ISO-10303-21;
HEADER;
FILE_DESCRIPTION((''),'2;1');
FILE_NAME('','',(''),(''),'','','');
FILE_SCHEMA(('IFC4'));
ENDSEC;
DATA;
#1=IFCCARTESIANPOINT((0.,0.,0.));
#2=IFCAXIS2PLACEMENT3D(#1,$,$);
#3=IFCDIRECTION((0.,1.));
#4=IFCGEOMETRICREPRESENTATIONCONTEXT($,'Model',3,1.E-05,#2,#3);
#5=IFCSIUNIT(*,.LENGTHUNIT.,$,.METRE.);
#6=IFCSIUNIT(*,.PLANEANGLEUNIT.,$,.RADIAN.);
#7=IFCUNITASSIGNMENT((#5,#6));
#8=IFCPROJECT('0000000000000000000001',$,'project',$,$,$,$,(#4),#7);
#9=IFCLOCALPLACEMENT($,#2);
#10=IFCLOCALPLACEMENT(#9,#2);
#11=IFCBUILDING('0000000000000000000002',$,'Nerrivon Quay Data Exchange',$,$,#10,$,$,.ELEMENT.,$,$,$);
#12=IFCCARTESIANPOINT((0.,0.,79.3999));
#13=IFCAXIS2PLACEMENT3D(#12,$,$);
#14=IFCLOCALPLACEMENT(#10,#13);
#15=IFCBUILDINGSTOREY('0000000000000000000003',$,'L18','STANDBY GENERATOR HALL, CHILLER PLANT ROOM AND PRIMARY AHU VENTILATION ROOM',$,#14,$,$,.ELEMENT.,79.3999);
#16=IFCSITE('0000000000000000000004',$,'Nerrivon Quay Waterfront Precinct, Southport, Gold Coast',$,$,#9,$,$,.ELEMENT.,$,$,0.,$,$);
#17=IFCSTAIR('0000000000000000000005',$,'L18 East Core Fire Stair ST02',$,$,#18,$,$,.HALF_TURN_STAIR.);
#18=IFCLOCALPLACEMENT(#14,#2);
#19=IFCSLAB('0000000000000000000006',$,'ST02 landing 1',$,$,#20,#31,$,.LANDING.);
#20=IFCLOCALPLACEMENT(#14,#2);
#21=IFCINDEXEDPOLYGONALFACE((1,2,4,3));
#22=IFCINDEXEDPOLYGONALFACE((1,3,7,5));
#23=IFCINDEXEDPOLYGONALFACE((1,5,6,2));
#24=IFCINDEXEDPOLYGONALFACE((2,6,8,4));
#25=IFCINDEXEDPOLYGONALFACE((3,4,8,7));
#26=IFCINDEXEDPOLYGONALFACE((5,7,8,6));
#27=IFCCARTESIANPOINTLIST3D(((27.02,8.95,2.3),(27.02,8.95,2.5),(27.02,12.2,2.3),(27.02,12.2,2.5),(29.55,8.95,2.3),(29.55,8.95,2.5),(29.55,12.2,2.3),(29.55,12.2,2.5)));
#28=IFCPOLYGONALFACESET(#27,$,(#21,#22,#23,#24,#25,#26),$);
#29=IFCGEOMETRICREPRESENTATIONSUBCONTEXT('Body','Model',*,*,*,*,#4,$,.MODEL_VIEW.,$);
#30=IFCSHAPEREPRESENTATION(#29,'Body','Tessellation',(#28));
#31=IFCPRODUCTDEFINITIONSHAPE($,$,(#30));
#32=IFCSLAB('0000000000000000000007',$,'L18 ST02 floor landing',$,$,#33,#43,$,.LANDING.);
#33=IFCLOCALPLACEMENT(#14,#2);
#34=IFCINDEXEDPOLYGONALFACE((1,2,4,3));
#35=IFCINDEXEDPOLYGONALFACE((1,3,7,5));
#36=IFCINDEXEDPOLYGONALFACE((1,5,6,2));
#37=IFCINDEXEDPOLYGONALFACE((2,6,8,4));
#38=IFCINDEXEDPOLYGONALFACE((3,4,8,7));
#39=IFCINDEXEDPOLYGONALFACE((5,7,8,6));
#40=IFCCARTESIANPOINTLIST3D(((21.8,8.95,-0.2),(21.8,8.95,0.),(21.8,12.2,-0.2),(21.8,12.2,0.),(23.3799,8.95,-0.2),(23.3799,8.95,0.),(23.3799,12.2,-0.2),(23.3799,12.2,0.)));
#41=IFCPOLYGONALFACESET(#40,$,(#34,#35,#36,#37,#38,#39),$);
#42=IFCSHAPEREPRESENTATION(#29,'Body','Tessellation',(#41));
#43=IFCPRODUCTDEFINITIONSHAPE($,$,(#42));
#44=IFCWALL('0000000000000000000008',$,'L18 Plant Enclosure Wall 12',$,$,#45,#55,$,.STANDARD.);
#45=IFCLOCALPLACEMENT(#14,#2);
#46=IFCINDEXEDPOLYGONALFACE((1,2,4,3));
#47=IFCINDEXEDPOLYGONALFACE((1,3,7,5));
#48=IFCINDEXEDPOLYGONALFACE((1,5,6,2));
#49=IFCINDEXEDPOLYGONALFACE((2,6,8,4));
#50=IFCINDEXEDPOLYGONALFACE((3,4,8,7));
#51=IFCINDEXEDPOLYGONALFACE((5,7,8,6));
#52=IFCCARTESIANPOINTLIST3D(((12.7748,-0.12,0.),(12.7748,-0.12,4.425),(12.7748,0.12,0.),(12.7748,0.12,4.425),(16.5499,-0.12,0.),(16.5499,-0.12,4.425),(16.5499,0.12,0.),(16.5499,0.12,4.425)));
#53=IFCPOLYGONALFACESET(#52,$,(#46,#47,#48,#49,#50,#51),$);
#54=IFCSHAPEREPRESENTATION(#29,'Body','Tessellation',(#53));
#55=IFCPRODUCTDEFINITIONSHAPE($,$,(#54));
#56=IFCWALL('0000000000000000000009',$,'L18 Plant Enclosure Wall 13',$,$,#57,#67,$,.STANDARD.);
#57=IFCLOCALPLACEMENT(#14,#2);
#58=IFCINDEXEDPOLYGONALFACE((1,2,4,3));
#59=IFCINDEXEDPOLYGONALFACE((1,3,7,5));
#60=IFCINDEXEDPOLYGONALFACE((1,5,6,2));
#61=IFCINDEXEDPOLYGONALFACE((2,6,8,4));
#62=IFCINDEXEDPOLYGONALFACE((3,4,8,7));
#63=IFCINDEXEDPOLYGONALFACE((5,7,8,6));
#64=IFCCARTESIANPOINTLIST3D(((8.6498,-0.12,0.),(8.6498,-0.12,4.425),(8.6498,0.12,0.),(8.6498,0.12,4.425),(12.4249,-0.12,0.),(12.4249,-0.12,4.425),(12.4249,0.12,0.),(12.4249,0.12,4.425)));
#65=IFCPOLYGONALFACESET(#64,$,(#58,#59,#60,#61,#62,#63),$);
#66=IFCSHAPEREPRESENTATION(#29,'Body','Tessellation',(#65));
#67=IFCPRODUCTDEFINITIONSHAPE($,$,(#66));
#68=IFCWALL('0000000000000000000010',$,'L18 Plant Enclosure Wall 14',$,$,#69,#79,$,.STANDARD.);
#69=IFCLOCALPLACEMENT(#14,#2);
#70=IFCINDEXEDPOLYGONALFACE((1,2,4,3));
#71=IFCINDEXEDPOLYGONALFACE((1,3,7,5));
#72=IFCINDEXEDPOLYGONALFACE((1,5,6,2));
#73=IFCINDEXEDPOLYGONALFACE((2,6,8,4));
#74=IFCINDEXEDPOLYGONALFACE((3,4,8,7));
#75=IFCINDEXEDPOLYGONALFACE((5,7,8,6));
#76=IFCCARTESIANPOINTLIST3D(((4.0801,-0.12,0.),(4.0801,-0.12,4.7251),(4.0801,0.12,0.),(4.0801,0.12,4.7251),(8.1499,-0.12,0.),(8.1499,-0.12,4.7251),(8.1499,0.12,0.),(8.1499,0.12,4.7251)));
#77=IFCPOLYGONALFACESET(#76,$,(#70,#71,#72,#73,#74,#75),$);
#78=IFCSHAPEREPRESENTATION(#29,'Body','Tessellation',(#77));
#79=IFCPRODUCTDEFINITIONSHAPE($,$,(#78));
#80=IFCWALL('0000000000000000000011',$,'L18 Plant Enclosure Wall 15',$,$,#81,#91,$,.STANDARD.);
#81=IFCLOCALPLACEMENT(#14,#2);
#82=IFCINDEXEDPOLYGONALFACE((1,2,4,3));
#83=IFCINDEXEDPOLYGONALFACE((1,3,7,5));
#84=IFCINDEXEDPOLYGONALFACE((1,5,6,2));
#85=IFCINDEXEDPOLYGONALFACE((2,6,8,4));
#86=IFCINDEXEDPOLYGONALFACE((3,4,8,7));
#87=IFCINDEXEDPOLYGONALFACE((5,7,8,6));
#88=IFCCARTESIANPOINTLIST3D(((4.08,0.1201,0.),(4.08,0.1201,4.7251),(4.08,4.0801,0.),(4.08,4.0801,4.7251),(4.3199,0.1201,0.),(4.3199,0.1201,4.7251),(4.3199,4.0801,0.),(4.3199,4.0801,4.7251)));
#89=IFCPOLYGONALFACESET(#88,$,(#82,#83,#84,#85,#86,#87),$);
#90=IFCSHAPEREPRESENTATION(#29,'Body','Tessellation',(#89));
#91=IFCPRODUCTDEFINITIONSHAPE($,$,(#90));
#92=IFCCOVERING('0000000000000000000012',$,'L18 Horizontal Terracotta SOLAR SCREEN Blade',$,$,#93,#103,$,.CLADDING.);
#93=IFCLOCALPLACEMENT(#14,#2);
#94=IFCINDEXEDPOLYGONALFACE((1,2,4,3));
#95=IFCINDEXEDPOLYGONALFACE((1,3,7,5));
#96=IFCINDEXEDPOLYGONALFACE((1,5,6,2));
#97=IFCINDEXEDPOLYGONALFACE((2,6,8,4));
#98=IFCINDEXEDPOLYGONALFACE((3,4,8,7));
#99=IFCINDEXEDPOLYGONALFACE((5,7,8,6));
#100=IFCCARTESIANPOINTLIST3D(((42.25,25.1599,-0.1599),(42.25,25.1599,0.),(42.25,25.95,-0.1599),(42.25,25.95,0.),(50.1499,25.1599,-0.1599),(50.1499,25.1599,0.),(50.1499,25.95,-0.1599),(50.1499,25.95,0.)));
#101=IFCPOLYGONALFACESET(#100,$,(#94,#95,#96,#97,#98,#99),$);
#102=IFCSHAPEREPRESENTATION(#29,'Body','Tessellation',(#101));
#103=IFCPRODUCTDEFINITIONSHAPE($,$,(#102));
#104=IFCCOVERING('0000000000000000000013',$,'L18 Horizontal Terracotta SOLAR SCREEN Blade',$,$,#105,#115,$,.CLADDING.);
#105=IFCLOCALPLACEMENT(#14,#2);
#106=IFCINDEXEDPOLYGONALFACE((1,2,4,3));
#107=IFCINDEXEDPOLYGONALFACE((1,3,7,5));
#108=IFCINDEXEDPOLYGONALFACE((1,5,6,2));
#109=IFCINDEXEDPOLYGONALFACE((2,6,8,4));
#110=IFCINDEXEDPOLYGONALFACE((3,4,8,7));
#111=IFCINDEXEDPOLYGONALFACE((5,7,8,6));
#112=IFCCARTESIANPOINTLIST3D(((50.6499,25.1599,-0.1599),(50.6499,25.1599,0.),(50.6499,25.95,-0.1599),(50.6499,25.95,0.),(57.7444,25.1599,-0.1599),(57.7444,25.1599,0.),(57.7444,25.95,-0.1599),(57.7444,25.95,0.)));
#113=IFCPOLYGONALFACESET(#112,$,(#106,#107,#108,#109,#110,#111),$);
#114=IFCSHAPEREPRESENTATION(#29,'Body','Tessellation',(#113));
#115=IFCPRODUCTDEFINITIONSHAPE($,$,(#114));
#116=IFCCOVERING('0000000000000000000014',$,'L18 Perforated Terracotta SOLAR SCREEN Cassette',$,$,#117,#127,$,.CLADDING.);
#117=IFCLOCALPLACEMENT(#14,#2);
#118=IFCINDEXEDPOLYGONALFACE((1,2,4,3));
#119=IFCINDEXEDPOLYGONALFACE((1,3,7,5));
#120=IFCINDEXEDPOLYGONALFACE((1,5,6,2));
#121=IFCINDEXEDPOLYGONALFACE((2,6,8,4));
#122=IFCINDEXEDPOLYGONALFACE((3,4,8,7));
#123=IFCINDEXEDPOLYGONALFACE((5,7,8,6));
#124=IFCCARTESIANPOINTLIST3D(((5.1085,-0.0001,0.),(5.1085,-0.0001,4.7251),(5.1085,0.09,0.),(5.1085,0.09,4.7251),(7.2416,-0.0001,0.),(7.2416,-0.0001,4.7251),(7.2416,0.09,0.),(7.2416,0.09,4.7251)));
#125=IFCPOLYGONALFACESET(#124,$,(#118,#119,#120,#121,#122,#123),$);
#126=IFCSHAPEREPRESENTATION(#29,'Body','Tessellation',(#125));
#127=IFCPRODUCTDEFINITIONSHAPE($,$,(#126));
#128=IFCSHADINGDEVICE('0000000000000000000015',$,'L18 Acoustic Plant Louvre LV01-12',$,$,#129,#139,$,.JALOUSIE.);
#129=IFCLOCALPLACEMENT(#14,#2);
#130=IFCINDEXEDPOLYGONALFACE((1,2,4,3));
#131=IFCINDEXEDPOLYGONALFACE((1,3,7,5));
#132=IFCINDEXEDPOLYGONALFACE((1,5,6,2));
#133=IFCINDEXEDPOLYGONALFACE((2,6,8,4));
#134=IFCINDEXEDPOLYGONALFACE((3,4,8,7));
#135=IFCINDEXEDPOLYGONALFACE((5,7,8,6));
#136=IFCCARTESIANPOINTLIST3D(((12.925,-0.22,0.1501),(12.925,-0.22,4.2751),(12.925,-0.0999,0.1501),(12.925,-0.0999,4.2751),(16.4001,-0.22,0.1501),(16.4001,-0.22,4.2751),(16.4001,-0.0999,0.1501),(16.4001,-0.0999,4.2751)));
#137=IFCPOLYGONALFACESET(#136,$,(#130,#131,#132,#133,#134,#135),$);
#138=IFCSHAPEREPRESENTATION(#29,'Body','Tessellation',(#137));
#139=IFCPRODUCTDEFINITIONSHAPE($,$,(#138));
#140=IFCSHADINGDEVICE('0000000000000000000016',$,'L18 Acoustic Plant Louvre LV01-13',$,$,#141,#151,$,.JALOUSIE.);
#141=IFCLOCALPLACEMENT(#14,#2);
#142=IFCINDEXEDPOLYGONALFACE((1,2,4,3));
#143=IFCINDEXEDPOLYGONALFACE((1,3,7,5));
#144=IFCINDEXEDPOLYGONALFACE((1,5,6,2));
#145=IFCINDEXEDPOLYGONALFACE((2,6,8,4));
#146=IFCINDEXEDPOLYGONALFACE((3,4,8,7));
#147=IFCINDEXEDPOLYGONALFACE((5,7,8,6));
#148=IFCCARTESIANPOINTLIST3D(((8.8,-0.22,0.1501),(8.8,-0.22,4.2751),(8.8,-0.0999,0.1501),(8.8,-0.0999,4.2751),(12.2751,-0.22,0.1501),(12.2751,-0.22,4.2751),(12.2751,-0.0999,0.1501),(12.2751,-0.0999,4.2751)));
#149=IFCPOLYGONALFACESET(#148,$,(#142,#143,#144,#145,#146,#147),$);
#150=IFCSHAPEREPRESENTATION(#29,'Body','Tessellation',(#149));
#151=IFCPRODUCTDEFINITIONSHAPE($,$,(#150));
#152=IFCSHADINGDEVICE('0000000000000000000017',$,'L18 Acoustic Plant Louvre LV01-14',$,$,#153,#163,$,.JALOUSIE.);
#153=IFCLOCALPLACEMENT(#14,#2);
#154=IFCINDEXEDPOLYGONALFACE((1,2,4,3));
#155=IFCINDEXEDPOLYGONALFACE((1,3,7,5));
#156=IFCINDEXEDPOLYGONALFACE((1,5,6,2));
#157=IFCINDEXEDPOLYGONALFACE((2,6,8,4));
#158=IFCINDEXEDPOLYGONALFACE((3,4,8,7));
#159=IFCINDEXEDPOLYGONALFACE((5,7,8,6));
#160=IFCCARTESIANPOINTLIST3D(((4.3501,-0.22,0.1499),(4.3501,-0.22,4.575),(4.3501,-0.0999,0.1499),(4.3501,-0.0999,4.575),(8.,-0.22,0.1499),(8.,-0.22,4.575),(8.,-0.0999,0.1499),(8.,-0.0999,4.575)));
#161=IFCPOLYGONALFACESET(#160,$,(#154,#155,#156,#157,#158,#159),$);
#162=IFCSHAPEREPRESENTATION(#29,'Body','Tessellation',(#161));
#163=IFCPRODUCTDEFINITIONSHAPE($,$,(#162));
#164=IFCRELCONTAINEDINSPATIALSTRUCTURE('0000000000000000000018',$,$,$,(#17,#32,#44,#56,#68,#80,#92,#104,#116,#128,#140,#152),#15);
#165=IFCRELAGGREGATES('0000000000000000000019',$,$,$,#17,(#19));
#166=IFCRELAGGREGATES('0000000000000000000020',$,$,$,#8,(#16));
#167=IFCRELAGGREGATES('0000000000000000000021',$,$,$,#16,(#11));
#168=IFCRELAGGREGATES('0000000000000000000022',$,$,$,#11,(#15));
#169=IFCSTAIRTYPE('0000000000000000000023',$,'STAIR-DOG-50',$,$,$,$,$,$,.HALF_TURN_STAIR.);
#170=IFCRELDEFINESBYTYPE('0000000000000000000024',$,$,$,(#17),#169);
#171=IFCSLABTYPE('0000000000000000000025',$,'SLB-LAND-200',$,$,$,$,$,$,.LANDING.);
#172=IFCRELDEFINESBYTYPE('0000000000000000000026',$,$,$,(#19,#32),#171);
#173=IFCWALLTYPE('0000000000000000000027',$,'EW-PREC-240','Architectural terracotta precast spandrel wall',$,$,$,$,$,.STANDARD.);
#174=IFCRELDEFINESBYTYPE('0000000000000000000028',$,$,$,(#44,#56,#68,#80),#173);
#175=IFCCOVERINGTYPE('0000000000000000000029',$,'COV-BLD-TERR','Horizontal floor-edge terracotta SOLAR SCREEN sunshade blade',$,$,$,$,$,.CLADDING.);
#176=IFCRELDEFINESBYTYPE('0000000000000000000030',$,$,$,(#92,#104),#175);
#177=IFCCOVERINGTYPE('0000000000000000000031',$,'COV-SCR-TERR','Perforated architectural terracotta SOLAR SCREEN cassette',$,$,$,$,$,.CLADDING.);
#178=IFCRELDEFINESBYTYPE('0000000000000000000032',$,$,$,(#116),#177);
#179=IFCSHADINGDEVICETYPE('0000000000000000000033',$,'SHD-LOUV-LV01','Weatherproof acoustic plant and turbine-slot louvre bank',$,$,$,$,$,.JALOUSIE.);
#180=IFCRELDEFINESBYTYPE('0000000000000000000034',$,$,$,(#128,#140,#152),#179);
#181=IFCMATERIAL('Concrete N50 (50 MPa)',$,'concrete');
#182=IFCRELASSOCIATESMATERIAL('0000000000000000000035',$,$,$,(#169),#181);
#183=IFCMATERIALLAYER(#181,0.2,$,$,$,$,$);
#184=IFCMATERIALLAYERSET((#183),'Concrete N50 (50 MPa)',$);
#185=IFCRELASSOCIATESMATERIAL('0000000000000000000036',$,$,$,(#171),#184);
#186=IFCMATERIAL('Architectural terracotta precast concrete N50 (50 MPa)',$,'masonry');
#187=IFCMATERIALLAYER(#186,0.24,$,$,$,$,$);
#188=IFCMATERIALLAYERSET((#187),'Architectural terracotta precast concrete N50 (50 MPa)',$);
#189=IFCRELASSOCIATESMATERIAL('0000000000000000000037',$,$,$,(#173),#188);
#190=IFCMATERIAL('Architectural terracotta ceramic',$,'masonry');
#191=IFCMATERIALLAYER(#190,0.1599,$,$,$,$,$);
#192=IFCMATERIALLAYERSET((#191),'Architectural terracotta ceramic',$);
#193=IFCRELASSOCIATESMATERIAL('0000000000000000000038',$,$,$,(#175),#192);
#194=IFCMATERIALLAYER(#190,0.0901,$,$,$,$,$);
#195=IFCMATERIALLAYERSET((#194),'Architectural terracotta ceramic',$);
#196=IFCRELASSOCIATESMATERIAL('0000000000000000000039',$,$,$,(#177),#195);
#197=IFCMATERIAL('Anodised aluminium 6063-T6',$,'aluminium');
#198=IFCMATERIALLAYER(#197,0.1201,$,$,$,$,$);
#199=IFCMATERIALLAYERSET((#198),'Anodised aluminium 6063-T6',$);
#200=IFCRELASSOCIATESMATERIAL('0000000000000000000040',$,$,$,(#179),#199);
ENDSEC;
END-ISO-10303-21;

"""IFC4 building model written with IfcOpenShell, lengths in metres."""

from ifc_helpers import new_model, si_unit, direction, frame, frame_2d, origin, origin_2d, place, context, subcontext, project, spatial, polyline, rectangle, outline, extrude, material, layer, layer_set, type_object, element, aggregate, save


model = new_model("IFC4")

# Units and contexts
model_context = context("Model", 3, precision=1e-05, world=origin(), true_north=direction((0.0, 1.0)))
body_context = subcontext(model_context, "Body", "Model", "MODEL_VIEW")
ifc_project = project(units=[si_unit("LENGTHUNIT", "METRE"), si_unit("PLANEANGLEUNIT", "RADIAN")], contexts=[model_context])

# Site, building, storey
site_placement = place(None, origin())
site = spatial("IfcSite", under=ifc_project, at=site_placement, Name="Nerrivon Quay Waterfront Precinct, Southport, Gold Coast", CompositionType="ELEMENT", RefElevation=0.0)
building_placement = place(site_placement, origin())
building = spatial("IfcBuilding", under=site, at=building_placement, Name="Nerrivon Quay Data Exchange", CompositionType="ELEMENT")
storey_placement = place(building_placement, frame((0.0, 0.0, 79.3999)))
storey = spatial("IfcBuildingStorey", under=building, at=storey_placement, Name="L18", Description="STANDBY GENERATOR HALL, CHILLER PLANT ROOM AND PRIMARY AHU VENTILATION ROOM", CompositionType="ELEMENT", Elevation=79.3999)

# Shared definitions
ifc_material_1 = material(Name="Concrete N50 (50 MPa)", Category="concrete")
stair_type = type_object("IfcStairType", Name="STAIR-DOG-50", PredefinedType="HALF_TURN_STAIR", material=ifc_material_1)
ifc_layer_1 = layer(ifc_material_1, 0.2)
ifc_layer_set_1 = layer_set([ifc_layer_1], Name="Concrete N50 (50 MPa)")
slab_type = type_object("IfcSlabType", Name="SLB-LAND-200", PredefinedType="LANDING", material=ifc_layer_set_1)

# Stair, slab
stair_1_placement = place(storey_placement, origin())
stair_1 = element("IfcStair", 1, at=stair_1_placement, inside=storey, type_object=stair_type, Name="L18 East Core Fire Stair ST02", PredefinedType="HALF_TURN_STAIR")
slab_1_placement = place(storey_placement, frame((0.0, 0.0, 2.3)))
slab_1 = element("IfcSlab", 2, at=slab_1_placement, type_object=slab_type, Name="ST02 landing 1", PredefinedType="LANDING", context=body_context, shape_type="SweptSolid", body=[
    extrude(outline(polyline([(27.02, 8.95), (29.55, 8.95), (29.55, 12.2), (27.02, 12.2), (27.02, 8.95)])), origin(), (0.0, 0.0, 1.0), 0.2),
])
aggregate(stair_1, [slab_1])

# Slab
slab_2_placement = place(storey_placement, frame((0.0, 0.0, -0.2)))
element("IfcSlab", 3, at=slab_2_placement, inside=storey, type_object=slab_type, Name="L18 ST02 floor landing", PredefinedType="LANDING", context=body_context, shape_type="SweptSolid", body=[
    extrude(outline(polyline([(21.8, 8.95), (23.3799, 8.95), (23.3799, 12.2), (21.8, 12.2), (21.8, 8.95)])), origin(), (0.0, 0.0, 1.0), 0.2),
])

# Walls
ifc_material_2 = material(Name="Architectural terracotta precast concrete N50 (50 MPa)", Category="masonry")
ifc_layer_2 = layer(ifc_material_2, 0.24)
ifc_layer_set_2 = layer_set([ifc_layer_2], Name="Architectural terracotta precast concrete N50 (50 MPa)")
wall_type = type_object("IfcWallType", Name="EW-PREC-240", Description="Architectural terracotta precast spandrel wall", PredefinedType="STANDARD", material=ifc_layer_set_2)
for number, where, z_axis, x_axis, name in (
    (4, (16.55, 0.0, 0.0), (0.0, 0.0, 1.0), (-1.0, 0.0, 0.0), "L18 Plant Enclosure Wall 12"),
    (5, (12.425, 0.0, 0.0), (0.0, 0.0, 1.0), (-1.0, 0.0, 0.0), "L18 Plant Enclosure Wall 13"),
):
    element("IfcWall", number, at=place(storey_placement, frame(where, z_axis=z_axis, x_axis=x_axis)), inside=storey, type_object=wall_type, Name=name, PredefinedType="STANDARD", context=body_context, shape_type="SweptSolid", body=[
        extrude(rectangle(XDim=3.7751, YDim=0.24, at=frame_2d((1.8877, 0.0))), origin(), (0.0, 0.0, 1.0), 4.425),
    ])
wall_1_placement = place(storey_placement, frame((8.1499, 0.0, 0.0), z_axis=(0.0, 0.0, 1.0), x_axis=(-1.0, 0.0, 0.0)))
element("IfcWall", 6, at=wall_1_placement, inside=storey, type_object=wall_type, Name="L18 Plant Enclosure Wall 14", PredefinedType="STANDARD", context=body_context, shape_type="SweptSolid", body=[
    extrude(rectangle(XDim=4.0698, YDim=0.24, at=frame_2d((2.0349, 0.0))), origin(), (0.0, 0.0, 1.0), 4.7251),
])
wall_2_placement = place(storey_placement, frame((4.2, 0.1201, 0.0), z_axis=(0.0, 0.0, 1.0), x_axis=(0.0, 1.0, 0.0)))
element("IfcWall", 7, at=wall_2_placement, inside=storey, type_object=wall_type, Name="L18 Plant Enclosure Wall 15", PredefinedType="STANDARD", context=body_context, shape_type="SweptSolid", body=[
    extrude(rectangle(XDim=3.96, YDim=0.24, at=frame_2d((1.98, 0.0))), origin(), (0.0, 0.0, 1.0), 4.7251),
])

# Coverings
ifc_material_3 = material(Name="Architectural terracotta ceramic", Category="masonry")
ifc_layer_3 = layer(ifc_material_3, 0.1599)
ifc_layer_set_3 = layer_set([ifc_layer_3], Name="Architectural terracotta ceramic")
covering_type_1 = type_object("IfcCoveringType", Name="COV-BLD-TERR", Description="Horizontal floor-edge terracotta SOLAR SCREEN sunshade blade", PredefinedType="CLADDING", material=ifc_layer_set_3)
covering_1_placement = place(storey_placement, frame((0.0, 0.0, -0.1599)))
element("IfcCovering", 8, at=covering_1_placement, inside=storey, type_object=covering_type_1, Name="L18 Horizontal Terracotta SOLAR SCREEN Blade", PredefinedType="CLADDING", context=body_context, shape_type="SweptSolid", body=[
    extrude(outline(polyline([(42.25, 25.1599), (50.1499, 25.1599), (50.1499, 25.95), (42.25, 25.95), (42.25, 25.1599)])), origin(), (0.0, 0.0, 1.0), 0.1599),
])
covering_2_placement = place(storey_placement, frame((0.0, 0.0, -0.1599)))
element("IfcCovering", 9, at=covering_2_placement, inside=storey, type_object=covering_type_1, Name="L18 Horizontal Terracotta SOLAR SCREEN Blade", PredefinedType="CLADDING", context=body_context, shape_type="SweptSolid", body=[
    extrude(outline(polyline([(50.6499, 25.1599), (57.7444, 25.1599), (57.7444, 25.95), (50.6499, 25.95), (50.6499, 25.1599)])), origin(), (0.0, 0.0, 1.0), 0.1599),
])
ifc_layer_4 = layer(ifc_material_3, 0.0901)
ifc_layer_set_4 = layer_set([ifc_layer_4], Name="Architectural terracotta ceramic")
covering_type_2 = type_object("IfcCoveringType", Name="COV-SCR-TERR", Description="Perforated architectural terracotta SOLAR SCREEN cassette", PredefinedType="CLADDING", material=ifc_layer_set_4)
covering_3_placement = place(storey_placement, frame((6.175, 0.0449, 0.0), z_axis=(0.0, 0.0, 1.0), x_axis=(-1.0, 0.0, 0.0)))
element("IfcCovering", 10, at=covering_3_placement, inside=storey, type_object=covering_type_2, Name="L18 Perforated Terracotta SOLAR SCREEN Cassette", PredefinedType="CLADDING", context=body_context, shape_type="SweptSolid", body=[
    extrude(rectangle(XDim=2.1331, YDim=0.0901, at=origin_2d()), origin(), (0.0, 0.0, 1.0), 4.7251),
])

# Shading devices
ifc_material_4 = material(Name="Anodised aluminium 6063-T6", Category="aluminium")
ifc_layer_5 = layer(ifc_material_4, 0.1201)
ifc_layer_set_5 = layer_set([ifc_layer_5], Name="Anodised aluminium 6063-T6")
shading_device_type = type_object("IfcShadingDeviceType", Name="SHD-LOUV-LV01", Description="Weatherproof acoustic plant and turbine-slot louvre bank", PredefinedType="JALOUSIE", material=ifc_layer_set_5)
for number, where, z_axis, x_axis, name in (
    (11, (14.6626, -0.1599, 0.1501), (0.0, 0.0, 1.0), (-1.0, 0.0, 0.0), "L18 Acoustic Plant Louvre LV01-12"),
    (12, (10.5376, -0.1599, 0.1501), (0.0, 0.0, 1.0), (-1.0, 0.0, 0.0), "L18 Acoustic Plant Louvre LV01-13"),
):
    element("IfcShadingDevice", number, at=place(storey_placement, frame(where, z_axis=z_axis, x_axis=x_axis)), inside=storey, type_object=shading_device_type, Name=name, PredefinedType="JALOUSIE", context=body_context, shape_type="SweptSolid", body=[
        extrude(rectangle(XDim=3.4751, YDim=0.1201, at=origin_2d()), origin(), (0.0, 0.0, 1.0), 4.125),
    ])
shading_device_placement = place(storey_placement, frame((6.175, -0.1599, 0.1499), z_axis=(0.0, 0.0, 1.0), x_axis=(-1.0, 0.0, 0.0)))
element("IfcShadingDevice", 13, at=shading_device_placement, inside=storey, type_object=shading_device_type, Name="L18 Acoustic Plant Louvre LV01-14", PredefinedType="JALOUSIE", context=body_context, shape_type="SweptSolid", body=[
    extrude(rectangle(XDim=3.6499, YDim=0.1201, at=origin_2d()), origin(), (0.0, 0.0, 1.0), 4.425),
])

save(model, "model.ifc")
